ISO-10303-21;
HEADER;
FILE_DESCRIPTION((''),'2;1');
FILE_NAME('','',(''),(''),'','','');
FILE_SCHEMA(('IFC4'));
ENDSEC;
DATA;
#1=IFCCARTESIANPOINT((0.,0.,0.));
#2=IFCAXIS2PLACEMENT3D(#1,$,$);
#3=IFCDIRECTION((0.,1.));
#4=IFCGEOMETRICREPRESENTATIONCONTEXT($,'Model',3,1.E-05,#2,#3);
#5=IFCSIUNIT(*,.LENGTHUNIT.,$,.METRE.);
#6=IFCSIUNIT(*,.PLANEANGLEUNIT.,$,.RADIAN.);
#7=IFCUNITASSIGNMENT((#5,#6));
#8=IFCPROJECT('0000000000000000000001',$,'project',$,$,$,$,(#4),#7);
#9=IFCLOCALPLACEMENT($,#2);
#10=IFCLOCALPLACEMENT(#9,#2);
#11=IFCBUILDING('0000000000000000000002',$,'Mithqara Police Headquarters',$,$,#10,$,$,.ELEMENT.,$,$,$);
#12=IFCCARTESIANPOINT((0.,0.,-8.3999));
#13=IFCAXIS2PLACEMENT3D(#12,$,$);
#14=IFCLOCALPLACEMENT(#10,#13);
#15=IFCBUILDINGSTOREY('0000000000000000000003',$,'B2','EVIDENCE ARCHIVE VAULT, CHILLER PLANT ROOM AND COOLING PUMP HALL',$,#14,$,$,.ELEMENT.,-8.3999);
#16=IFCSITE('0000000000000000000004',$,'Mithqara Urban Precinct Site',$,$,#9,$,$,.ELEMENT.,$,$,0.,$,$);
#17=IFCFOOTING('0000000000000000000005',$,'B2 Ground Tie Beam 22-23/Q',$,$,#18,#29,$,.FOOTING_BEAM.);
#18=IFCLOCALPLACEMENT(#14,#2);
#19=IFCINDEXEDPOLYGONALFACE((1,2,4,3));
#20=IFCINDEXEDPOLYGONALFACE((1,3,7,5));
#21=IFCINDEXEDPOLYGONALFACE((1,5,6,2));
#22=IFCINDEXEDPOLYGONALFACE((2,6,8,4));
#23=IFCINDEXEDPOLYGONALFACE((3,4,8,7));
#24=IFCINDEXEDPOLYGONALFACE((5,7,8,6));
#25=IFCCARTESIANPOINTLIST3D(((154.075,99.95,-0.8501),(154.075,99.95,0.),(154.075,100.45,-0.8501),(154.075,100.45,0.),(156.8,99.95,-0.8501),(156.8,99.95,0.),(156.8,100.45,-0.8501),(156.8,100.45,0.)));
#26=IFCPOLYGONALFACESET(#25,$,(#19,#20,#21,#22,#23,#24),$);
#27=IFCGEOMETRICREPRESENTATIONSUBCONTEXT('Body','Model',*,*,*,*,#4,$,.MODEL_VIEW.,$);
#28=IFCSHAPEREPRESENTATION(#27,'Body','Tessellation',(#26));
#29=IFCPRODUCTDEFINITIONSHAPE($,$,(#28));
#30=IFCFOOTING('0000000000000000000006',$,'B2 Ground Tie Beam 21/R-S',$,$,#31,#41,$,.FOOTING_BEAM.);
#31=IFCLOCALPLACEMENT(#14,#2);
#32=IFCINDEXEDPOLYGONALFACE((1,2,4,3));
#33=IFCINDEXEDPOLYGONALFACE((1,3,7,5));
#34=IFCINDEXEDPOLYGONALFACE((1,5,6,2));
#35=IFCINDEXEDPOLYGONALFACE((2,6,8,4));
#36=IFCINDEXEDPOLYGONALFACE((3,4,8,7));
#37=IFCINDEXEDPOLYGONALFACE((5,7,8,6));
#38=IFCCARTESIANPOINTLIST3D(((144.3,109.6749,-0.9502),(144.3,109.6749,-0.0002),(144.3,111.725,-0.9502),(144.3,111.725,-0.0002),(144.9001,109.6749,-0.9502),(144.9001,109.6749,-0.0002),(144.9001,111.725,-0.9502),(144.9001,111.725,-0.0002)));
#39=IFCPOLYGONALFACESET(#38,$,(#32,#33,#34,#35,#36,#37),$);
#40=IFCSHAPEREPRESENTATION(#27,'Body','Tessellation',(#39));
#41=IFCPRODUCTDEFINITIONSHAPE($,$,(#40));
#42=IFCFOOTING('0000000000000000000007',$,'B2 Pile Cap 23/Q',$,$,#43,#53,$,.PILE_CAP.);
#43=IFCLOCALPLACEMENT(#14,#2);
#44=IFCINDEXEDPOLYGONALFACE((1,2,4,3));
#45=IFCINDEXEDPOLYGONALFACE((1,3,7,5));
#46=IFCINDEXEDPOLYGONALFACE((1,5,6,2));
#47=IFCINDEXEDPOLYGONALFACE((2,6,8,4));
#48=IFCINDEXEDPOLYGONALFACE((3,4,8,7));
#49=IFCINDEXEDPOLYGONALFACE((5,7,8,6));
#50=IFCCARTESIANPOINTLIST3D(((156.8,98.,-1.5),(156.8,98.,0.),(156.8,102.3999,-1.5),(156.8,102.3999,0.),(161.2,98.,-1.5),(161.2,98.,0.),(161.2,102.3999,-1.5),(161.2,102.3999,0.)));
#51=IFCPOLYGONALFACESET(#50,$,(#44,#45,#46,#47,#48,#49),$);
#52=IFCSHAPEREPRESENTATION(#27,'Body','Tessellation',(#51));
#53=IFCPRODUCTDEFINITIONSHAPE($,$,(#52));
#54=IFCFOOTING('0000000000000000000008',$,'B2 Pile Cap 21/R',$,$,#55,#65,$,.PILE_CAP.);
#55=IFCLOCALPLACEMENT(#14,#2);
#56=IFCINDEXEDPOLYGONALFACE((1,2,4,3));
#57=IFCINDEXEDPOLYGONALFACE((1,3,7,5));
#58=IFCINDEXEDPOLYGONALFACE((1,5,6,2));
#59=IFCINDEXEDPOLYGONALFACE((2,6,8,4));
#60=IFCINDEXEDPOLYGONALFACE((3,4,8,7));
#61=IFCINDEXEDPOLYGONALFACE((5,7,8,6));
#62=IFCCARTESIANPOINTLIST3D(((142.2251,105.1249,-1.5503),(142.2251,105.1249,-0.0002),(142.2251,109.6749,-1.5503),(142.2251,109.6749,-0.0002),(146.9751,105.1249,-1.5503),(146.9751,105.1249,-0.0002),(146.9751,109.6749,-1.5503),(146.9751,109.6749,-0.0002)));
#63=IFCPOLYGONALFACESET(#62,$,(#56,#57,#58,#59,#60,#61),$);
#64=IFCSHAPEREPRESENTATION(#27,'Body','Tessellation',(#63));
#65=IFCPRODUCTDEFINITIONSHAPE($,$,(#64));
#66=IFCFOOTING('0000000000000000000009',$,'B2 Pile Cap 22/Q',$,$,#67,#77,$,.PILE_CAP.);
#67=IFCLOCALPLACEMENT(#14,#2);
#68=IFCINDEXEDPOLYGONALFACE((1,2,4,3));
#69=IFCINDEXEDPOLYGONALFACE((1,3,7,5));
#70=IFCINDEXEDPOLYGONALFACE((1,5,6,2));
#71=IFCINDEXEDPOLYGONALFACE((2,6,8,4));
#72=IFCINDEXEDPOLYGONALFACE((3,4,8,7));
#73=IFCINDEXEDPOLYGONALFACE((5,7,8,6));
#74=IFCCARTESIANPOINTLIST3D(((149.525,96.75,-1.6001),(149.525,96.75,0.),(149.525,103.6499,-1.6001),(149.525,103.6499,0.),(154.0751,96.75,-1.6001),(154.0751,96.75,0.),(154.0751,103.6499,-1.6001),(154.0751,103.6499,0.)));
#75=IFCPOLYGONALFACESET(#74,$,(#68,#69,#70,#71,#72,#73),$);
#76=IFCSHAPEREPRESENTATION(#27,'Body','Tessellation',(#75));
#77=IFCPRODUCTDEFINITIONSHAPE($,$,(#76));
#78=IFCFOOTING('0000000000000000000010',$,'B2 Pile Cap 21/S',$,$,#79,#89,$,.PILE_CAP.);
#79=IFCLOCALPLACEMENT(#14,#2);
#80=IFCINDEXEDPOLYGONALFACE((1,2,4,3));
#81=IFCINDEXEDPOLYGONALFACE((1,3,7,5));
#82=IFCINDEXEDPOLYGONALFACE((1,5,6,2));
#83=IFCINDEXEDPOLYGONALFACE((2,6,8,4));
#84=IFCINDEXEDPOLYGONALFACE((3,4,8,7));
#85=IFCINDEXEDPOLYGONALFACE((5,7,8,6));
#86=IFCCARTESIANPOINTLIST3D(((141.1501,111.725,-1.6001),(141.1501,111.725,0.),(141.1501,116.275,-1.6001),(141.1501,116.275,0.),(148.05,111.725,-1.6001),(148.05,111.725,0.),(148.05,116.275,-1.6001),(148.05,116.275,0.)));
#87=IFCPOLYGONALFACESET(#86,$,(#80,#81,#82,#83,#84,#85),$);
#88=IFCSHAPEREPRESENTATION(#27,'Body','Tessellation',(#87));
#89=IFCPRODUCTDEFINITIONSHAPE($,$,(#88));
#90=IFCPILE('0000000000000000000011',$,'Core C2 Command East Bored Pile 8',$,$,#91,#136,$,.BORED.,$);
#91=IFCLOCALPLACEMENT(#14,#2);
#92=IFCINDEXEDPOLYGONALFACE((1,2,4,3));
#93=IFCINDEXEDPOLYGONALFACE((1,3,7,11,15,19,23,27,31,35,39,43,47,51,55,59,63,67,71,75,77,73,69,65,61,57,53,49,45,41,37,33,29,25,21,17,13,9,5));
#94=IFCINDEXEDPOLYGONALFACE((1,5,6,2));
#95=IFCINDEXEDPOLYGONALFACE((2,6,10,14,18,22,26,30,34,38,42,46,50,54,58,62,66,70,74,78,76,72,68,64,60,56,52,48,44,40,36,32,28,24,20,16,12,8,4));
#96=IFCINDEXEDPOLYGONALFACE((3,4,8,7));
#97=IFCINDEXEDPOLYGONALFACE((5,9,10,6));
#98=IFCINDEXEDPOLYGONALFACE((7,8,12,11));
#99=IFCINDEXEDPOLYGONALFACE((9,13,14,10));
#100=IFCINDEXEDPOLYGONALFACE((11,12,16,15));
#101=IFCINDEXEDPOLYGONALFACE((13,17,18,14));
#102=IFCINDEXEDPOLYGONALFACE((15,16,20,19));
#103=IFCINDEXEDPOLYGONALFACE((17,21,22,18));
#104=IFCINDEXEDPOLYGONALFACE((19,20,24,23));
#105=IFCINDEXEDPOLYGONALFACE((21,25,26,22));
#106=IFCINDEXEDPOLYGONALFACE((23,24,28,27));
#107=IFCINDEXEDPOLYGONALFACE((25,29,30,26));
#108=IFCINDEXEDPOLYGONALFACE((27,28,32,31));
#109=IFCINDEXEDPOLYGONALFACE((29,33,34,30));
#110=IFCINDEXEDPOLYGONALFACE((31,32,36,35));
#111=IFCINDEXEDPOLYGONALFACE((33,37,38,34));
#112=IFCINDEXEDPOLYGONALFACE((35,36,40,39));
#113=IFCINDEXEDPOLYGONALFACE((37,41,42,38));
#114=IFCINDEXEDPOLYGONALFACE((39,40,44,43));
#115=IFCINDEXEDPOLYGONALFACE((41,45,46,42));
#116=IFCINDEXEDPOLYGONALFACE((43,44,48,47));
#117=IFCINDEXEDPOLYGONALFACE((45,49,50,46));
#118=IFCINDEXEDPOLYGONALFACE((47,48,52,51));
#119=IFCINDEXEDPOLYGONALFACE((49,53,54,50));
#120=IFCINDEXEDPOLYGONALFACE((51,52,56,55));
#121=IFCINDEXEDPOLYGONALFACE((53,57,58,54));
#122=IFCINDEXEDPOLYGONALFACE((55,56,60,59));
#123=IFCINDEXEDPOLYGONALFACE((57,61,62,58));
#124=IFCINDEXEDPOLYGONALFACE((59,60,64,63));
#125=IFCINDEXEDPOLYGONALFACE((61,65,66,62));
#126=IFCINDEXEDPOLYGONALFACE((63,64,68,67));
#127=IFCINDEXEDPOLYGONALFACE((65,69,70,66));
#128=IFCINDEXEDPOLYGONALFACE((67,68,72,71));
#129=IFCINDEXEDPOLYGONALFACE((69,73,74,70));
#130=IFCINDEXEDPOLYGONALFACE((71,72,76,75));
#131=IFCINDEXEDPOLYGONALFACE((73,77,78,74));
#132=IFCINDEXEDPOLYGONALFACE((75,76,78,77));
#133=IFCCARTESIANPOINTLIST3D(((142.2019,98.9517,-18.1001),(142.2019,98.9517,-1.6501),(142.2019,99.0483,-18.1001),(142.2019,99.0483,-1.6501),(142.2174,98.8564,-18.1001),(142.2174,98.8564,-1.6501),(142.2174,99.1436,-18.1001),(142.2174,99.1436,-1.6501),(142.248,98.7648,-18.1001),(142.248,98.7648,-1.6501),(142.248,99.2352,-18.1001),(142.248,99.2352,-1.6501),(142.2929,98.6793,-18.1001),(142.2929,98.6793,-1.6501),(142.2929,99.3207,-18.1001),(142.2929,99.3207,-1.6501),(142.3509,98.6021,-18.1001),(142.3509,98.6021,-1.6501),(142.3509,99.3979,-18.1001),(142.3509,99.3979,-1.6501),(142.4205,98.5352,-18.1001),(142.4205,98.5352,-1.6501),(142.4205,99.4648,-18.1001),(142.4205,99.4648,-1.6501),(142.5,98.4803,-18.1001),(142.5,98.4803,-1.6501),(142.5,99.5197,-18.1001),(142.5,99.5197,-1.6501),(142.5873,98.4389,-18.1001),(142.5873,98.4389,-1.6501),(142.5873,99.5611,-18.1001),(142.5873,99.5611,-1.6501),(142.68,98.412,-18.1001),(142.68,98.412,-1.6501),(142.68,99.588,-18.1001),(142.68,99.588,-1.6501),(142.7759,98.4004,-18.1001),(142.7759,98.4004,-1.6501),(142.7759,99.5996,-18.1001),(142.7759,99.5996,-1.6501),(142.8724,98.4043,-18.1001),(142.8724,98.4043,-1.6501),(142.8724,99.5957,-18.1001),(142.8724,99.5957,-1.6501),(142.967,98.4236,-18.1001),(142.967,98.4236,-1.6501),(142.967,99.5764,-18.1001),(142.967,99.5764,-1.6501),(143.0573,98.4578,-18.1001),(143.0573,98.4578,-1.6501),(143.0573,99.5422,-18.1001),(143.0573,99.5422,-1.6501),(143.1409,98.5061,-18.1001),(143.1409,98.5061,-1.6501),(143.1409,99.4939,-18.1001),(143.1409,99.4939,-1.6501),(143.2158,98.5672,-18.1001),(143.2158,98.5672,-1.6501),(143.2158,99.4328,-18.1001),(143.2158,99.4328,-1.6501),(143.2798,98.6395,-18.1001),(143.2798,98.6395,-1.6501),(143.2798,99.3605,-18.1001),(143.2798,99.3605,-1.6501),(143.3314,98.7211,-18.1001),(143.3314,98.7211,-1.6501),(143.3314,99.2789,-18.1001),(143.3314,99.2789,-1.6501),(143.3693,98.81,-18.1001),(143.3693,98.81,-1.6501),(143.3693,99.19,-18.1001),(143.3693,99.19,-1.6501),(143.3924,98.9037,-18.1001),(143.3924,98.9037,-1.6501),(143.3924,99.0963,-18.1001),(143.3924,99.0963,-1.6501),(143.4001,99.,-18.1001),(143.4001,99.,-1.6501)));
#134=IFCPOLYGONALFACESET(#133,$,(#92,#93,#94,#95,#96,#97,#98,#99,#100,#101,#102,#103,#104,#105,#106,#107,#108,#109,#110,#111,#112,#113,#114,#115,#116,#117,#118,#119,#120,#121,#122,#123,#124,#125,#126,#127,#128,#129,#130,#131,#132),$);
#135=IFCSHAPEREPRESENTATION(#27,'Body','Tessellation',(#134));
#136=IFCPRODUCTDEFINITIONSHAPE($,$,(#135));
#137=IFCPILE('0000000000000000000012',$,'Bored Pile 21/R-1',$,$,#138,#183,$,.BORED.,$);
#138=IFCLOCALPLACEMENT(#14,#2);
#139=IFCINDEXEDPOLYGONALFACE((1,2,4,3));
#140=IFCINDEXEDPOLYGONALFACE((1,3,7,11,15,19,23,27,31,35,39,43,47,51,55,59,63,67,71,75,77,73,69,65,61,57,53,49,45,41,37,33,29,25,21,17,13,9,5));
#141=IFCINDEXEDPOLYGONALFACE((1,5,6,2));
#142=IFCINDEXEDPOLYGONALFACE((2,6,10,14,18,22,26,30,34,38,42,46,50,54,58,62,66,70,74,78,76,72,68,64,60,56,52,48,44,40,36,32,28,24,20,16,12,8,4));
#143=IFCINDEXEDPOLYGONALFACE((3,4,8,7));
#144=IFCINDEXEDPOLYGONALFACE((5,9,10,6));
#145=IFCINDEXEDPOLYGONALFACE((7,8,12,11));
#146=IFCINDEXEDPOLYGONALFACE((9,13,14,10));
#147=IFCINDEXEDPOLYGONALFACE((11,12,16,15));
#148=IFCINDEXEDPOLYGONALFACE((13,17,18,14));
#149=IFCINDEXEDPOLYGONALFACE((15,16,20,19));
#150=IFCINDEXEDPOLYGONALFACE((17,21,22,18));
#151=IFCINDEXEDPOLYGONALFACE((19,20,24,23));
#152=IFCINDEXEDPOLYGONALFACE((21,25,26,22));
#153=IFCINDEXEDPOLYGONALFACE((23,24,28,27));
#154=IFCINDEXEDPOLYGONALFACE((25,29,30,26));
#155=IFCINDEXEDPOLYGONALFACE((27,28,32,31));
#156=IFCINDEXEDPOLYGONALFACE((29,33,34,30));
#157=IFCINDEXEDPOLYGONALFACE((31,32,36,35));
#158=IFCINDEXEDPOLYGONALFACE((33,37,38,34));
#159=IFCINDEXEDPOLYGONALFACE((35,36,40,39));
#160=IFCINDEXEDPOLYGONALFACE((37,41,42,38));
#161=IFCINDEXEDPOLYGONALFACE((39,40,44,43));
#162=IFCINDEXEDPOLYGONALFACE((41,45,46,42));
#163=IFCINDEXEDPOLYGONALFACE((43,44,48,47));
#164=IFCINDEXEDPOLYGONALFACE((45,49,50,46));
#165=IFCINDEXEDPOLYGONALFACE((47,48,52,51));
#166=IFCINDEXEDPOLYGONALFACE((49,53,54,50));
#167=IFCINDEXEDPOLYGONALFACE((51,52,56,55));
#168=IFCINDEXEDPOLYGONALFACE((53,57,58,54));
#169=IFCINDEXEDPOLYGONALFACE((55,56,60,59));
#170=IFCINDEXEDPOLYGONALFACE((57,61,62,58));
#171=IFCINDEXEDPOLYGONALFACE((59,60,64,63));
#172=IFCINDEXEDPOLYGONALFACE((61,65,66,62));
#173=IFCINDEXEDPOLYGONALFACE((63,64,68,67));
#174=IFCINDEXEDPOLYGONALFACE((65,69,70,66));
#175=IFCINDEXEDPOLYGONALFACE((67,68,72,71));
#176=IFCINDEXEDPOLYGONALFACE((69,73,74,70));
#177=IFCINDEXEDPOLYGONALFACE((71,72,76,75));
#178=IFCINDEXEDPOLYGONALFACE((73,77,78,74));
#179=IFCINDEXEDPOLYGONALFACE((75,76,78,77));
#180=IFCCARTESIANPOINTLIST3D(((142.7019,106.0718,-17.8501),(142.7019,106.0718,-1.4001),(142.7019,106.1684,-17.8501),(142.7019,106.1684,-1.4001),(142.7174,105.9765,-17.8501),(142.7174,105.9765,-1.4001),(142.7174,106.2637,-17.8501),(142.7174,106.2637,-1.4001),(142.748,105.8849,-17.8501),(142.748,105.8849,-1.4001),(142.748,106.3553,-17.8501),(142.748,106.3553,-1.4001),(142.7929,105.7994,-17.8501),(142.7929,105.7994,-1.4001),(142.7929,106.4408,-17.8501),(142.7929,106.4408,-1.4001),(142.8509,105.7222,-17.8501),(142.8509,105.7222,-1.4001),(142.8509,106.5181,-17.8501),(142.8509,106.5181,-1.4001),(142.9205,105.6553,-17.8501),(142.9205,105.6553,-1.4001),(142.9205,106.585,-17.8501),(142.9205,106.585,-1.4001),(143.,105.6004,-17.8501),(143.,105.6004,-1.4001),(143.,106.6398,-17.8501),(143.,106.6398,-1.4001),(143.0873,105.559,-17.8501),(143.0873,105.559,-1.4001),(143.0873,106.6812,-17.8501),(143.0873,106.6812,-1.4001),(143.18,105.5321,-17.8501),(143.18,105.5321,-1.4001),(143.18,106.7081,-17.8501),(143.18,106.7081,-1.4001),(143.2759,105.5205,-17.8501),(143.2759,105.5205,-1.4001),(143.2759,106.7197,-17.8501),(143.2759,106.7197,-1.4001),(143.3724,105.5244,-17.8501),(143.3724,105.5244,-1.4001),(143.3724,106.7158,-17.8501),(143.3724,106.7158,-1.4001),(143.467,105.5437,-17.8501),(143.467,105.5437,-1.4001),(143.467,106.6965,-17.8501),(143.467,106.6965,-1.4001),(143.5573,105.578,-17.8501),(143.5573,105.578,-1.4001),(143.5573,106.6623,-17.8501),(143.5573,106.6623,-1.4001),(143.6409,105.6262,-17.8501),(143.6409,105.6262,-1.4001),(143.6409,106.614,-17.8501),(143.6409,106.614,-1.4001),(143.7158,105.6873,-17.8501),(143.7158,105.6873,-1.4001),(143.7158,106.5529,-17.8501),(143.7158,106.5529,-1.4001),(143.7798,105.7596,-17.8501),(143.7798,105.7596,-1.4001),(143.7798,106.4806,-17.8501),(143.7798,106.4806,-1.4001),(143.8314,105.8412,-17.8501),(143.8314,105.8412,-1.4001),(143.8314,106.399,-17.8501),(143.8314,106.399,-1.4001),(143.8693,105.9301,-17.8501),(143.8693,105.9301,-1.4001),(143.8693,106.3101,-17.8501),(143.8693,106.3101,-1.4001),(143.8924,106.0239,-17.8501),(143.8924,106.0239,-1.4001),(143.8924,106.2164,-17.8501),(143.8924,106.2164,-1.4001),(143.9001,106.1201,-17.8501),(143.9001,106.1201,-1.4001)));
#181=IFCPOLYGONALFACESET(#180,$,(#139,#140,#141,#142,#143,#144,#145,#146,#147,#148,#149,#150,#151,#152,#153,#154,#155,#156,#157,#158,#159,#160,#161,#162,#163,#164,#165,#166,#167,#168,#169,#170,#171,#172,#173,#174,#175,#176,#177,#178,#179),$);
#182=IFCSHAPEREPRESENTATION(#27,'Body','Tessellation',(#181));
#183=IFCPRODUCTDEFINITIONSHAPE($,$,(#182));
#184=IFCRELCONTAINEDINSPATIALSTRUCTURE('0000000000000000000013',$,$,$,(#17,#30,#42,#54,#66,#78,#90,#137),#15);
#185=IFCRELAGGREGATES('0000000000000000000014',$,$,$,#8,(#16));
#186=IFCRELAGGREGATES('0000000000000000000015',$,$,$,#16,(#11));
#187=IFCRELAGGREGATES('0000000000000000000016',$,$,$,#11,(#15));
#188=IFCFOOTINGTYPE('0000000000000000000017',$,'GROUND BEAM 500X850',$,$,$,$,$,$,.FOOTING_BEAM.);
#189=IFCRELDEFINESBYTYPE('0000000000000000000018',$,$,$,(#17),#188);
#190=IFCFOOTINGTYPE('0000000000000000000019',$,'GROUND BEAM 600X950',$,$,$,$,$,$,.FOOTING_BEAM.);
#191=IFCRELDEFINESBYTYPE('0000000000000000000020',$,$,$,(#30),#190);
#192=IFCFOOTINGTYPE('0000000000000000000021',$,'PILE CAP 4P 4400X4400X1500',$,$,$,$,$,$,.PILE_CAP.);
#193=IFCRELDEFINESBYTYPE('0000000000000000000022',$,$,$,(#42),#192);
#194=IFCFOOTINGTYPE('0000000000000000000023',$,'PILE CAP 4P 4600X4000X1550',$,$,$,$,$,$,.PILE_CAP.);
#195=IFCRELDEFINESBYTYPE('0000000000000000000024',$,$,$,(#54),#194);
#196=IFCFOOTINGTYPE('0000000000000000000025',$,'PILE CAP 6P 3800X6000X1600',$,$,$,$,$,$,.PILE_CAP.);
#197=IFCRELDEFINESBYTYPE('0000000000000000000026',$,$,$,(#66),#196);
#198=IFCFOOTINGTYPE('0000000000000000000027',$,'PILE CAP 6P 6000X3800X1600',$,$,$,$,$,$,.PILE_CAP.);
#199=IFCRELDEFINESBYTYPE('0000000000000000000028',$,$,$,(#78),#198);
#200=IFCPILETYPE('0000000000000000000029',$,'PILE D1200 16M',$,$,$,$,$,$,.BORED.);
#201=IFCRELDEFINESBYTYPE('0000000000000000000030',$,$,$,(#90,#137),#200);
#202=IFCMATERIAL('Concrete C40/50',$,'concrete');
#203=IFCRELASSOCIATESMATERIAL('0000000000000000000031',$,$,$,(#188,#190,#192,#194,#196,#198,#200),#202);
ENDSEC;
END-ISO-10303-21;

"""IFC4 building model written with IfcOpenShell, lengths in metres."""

from ifc_helpers import new_model, si_unit, direction, frame, origin, origin_2d, place, context, subcontext, project, spatial, rectangle, circle, extrude, material, material_profile, profile_set, type_object, element, save


model = new_model("IFC4")

# Units and contexts
model_context = context("Model", 3, precision=1e-05, world=origin(), true_north=direction((0.0, 1.0)))
body_context = subcontext(model_context, "Body", "Model", "MODEL_VIEW")
ifc_project = project(units=[si_unit("LENGTHUNIT", "METRE"), si_unit("PLANEANGLEUNIT", "RADIAN")], contexts=[model_context])

# Site, building, storey
site_placement = place(None, origin())
site = spatial("IfcSite", under=ifc_project, at=site_placement, Name="Mithqara Urban Precinct Site", CompositionType="ELEMENT", RefElevation=0.0)
building_placement = place(site_placement, origin())
building = spatial("IfcBuilding", under=site, at=building_placement, Name="Mithqara Police Headquarters", CompositionType="ELEMENT")
storey_placement = place(building_placement, frame((0.0, 0.0, -8.3999)))
storey = spatial("IfcBuildingStorey", under=building, at=storey_placement, Name="B2", Description="EVIDENCE ARCHIVE VAULT, CHILLER PLANT ROOM AND COOLING PUMP HALL", CompositionType="ELEMENT", Elevation=-8.3999)

# Footings
ifc_material_1 = material(Name="Concrete C40/50", Category="concrete")
footing_type_1 = type_object("IfcFootingType", Name="GROUND BEAM 500X850", PredefinedType="FOOTING_BEAM", material=ifc_material_1)
footing_1_placement = place(storey_placement, frame((155.4375, 100.2, -0.8501), z_axis=(0.0, 0.0, 1.0), x_axis=(1.0, 0.0, 0.0)))
element("IfcFooting", 1, at=footing_1_placement, inside=storey, type_object=footing_type_1, Name="B2 Ground Tie Beam 22-23/Q", PredefinedType="FOOTING_BEAM", context=body_context, shape_type="SweptSolid", body=[
    extrude(rectangle(XDim=2.7251, YDim=0.5, at=origin_2d()), origin(), (0.0, 0.0, 1.0), 0.8501),
])
footing_type_2 = type_object("IfcFootingType", Name="GROUND BEAM 600X950", PredefinedType="FOOTING_BEAM", material=ifc_material_1)
footing_2_placement = place(storey_placement, frame((144.6001, 110.7, -0.9502), z_axis=(0.0, 0.0, 1.0), x_axis=(1.0, 0.0, 0.0)))
element("IfcFooting", 2, at=footing_2_placement, inside=storey, type_object=footing_type_2, Name="B2 Ground Tie Beam 21/R-S", PredefinedType="FOOTING_BEAM", context=body_context, shape_type="SweptSolid", body=[
    extrude(rectangle(XDim=0.6001, YDim=2.05, at=origin_2d()), origin(), (0.0, 0.0, 1.0), 0.95),
])
footing_type_3 = type_object("IfcFootingType", Name="PILE CAP 4P 4400X4400X1500", PredefinedType="PILE_CAP", material=ifc_material_1)
footing_3_placement = place(storey_placement, frame((159.0, 100.2, -1.5), z_axis=(0.0, 0.0, 1.0), x_axis=(1.0, 0.0, 0.0)))
element("IfcFooting", 3, at=footing_3_placement, inside=storey, type_object=footing_type_3, Name="B2 Pile Cap 23/Q", PredefinedType="PILE_CAP", context=body_context, shape_type="SweptSolid", body=[
    extrude(rectangle(XDim=4.3999, YDim=4.3999, at=origin_2d()), origin(), (0.0, 0.0, 1.0), 1.5),
])
footing_type_4 = type_object("IfcFootingType", Name="PILE CAP 4P 4600X4000X1550", PredefinedType="PILE_CAP", material=ifc_material_1)
footing_4_placement = place(storey_placement, frame((144.6001, 107.3999, -1.5503), z_axis=(0.0, 0.0, 1.0), x_axis=(1.0, 0.0, 0.0)))
element("IfcFooting", 4, at=footing_4_placement, inside=storey, type_object=footing_type_4, Name="B2 Pile Cap 21/R", PredefinedType="PILE_CAP", context=body_context, shape_type="SweptSolid", body=[
    extrude(rectangle(XDim=4.75, YDim=4.55, at=origin_2d()), origin(), (0.0, 0.0, 1.0), 1.55),
])
footing_type_5 = type_object("IfcFootingType", Name="PILE CAP 6P 3800X6000X1600", PredefinedType="PILE_CAP", material=ifc_material_1)
footing_5_placement = place(storey_placement, frame((151.8, 100.2, -1.6001), z_axis=(0.0, 0.0, 1.0), x_axis=(1.0, 0.0, 0.0)))
element("IfcFooting", 5, at=footing_5_placement, inside=storey, type_object=footing_type_5, Name="B2 Pile Cap 22/Q", PredefinedType="PILE_CAP", context=body_context, shape_type="SweptSolid", body=[
    extrude(rectangle(XDim=4.55, YDim=6.8999, at=origin_2d()), origin(), (0.0, 0.0, 1.0), 1.6001),
])
footing_type_6 = type_object("IfcFootingType", Name="PILE CAP 6P 6000X3800X1600", PredefinedType="PILE_CAP", material=ifc_material_1)
footing_6_placement = place(storey_placement, frame((144.6001, 114.0, -1.6001), z_axis=(0.0, 0.0, 1.0), x_axis=(1.0, 0.0, 0.0)))
element("IfcFooting", 6, at=footing_6_placement, inside=storey, type_object=footing_type_6, Name="B2 Pile Cap 21/S", PredefinedType="PILE_CAP", context=body_context, shape_type="SweptSolid", body=[
    extrude(rectangle(XDim=6.8999, YDim=4.55, at=origin_2d()), origin(), (0.0, 0.0, 1.0), 1.6001),
])

# Piles
ifc_material_profile_1 = material_profile(ifc_material_1, circle(Radius=0.6001, at=origin_2d()), Name="PILE D1200")
ifc_profile_set_1 = profile_set([ifc_material_profile_1], Name="Concrete C40/50")
pile_type_1 = type_object("IfcPileType", Name="PILE D1200 16M", PredefinedType="BORED", material=ifc_profile_set_1)
for number, where, z_axis, x_axis, name in (
    (7, (142.8, 99.0, -1.6501), (0.0, 0.0, -1.0), (1.0, 0.0, 0.0), "Core C2 Command East Bored Pile 8"),
    (8, (143.3, 106.1201, -1.4001), (0.0, 0.0, -1.0), (1.0, 0.0, 0.0), "Bored Pile 21/R-1"),
):
    element("IfcPile", number, at=place(storey_placement, frame(where, z_axis=z_axis, x_axis=x_axis)), inside=storey, type_object=pile_type_1, Name=name, PredefinedType="BORED", context=body_context, shape_type="SweptSolid", body=[
        extrude(circle(Radius=0.6001, at=origin_2d()), origin(), (0.0, 0.0, 1.0), 16.45),
    ])

save(model, "model.ifc")
